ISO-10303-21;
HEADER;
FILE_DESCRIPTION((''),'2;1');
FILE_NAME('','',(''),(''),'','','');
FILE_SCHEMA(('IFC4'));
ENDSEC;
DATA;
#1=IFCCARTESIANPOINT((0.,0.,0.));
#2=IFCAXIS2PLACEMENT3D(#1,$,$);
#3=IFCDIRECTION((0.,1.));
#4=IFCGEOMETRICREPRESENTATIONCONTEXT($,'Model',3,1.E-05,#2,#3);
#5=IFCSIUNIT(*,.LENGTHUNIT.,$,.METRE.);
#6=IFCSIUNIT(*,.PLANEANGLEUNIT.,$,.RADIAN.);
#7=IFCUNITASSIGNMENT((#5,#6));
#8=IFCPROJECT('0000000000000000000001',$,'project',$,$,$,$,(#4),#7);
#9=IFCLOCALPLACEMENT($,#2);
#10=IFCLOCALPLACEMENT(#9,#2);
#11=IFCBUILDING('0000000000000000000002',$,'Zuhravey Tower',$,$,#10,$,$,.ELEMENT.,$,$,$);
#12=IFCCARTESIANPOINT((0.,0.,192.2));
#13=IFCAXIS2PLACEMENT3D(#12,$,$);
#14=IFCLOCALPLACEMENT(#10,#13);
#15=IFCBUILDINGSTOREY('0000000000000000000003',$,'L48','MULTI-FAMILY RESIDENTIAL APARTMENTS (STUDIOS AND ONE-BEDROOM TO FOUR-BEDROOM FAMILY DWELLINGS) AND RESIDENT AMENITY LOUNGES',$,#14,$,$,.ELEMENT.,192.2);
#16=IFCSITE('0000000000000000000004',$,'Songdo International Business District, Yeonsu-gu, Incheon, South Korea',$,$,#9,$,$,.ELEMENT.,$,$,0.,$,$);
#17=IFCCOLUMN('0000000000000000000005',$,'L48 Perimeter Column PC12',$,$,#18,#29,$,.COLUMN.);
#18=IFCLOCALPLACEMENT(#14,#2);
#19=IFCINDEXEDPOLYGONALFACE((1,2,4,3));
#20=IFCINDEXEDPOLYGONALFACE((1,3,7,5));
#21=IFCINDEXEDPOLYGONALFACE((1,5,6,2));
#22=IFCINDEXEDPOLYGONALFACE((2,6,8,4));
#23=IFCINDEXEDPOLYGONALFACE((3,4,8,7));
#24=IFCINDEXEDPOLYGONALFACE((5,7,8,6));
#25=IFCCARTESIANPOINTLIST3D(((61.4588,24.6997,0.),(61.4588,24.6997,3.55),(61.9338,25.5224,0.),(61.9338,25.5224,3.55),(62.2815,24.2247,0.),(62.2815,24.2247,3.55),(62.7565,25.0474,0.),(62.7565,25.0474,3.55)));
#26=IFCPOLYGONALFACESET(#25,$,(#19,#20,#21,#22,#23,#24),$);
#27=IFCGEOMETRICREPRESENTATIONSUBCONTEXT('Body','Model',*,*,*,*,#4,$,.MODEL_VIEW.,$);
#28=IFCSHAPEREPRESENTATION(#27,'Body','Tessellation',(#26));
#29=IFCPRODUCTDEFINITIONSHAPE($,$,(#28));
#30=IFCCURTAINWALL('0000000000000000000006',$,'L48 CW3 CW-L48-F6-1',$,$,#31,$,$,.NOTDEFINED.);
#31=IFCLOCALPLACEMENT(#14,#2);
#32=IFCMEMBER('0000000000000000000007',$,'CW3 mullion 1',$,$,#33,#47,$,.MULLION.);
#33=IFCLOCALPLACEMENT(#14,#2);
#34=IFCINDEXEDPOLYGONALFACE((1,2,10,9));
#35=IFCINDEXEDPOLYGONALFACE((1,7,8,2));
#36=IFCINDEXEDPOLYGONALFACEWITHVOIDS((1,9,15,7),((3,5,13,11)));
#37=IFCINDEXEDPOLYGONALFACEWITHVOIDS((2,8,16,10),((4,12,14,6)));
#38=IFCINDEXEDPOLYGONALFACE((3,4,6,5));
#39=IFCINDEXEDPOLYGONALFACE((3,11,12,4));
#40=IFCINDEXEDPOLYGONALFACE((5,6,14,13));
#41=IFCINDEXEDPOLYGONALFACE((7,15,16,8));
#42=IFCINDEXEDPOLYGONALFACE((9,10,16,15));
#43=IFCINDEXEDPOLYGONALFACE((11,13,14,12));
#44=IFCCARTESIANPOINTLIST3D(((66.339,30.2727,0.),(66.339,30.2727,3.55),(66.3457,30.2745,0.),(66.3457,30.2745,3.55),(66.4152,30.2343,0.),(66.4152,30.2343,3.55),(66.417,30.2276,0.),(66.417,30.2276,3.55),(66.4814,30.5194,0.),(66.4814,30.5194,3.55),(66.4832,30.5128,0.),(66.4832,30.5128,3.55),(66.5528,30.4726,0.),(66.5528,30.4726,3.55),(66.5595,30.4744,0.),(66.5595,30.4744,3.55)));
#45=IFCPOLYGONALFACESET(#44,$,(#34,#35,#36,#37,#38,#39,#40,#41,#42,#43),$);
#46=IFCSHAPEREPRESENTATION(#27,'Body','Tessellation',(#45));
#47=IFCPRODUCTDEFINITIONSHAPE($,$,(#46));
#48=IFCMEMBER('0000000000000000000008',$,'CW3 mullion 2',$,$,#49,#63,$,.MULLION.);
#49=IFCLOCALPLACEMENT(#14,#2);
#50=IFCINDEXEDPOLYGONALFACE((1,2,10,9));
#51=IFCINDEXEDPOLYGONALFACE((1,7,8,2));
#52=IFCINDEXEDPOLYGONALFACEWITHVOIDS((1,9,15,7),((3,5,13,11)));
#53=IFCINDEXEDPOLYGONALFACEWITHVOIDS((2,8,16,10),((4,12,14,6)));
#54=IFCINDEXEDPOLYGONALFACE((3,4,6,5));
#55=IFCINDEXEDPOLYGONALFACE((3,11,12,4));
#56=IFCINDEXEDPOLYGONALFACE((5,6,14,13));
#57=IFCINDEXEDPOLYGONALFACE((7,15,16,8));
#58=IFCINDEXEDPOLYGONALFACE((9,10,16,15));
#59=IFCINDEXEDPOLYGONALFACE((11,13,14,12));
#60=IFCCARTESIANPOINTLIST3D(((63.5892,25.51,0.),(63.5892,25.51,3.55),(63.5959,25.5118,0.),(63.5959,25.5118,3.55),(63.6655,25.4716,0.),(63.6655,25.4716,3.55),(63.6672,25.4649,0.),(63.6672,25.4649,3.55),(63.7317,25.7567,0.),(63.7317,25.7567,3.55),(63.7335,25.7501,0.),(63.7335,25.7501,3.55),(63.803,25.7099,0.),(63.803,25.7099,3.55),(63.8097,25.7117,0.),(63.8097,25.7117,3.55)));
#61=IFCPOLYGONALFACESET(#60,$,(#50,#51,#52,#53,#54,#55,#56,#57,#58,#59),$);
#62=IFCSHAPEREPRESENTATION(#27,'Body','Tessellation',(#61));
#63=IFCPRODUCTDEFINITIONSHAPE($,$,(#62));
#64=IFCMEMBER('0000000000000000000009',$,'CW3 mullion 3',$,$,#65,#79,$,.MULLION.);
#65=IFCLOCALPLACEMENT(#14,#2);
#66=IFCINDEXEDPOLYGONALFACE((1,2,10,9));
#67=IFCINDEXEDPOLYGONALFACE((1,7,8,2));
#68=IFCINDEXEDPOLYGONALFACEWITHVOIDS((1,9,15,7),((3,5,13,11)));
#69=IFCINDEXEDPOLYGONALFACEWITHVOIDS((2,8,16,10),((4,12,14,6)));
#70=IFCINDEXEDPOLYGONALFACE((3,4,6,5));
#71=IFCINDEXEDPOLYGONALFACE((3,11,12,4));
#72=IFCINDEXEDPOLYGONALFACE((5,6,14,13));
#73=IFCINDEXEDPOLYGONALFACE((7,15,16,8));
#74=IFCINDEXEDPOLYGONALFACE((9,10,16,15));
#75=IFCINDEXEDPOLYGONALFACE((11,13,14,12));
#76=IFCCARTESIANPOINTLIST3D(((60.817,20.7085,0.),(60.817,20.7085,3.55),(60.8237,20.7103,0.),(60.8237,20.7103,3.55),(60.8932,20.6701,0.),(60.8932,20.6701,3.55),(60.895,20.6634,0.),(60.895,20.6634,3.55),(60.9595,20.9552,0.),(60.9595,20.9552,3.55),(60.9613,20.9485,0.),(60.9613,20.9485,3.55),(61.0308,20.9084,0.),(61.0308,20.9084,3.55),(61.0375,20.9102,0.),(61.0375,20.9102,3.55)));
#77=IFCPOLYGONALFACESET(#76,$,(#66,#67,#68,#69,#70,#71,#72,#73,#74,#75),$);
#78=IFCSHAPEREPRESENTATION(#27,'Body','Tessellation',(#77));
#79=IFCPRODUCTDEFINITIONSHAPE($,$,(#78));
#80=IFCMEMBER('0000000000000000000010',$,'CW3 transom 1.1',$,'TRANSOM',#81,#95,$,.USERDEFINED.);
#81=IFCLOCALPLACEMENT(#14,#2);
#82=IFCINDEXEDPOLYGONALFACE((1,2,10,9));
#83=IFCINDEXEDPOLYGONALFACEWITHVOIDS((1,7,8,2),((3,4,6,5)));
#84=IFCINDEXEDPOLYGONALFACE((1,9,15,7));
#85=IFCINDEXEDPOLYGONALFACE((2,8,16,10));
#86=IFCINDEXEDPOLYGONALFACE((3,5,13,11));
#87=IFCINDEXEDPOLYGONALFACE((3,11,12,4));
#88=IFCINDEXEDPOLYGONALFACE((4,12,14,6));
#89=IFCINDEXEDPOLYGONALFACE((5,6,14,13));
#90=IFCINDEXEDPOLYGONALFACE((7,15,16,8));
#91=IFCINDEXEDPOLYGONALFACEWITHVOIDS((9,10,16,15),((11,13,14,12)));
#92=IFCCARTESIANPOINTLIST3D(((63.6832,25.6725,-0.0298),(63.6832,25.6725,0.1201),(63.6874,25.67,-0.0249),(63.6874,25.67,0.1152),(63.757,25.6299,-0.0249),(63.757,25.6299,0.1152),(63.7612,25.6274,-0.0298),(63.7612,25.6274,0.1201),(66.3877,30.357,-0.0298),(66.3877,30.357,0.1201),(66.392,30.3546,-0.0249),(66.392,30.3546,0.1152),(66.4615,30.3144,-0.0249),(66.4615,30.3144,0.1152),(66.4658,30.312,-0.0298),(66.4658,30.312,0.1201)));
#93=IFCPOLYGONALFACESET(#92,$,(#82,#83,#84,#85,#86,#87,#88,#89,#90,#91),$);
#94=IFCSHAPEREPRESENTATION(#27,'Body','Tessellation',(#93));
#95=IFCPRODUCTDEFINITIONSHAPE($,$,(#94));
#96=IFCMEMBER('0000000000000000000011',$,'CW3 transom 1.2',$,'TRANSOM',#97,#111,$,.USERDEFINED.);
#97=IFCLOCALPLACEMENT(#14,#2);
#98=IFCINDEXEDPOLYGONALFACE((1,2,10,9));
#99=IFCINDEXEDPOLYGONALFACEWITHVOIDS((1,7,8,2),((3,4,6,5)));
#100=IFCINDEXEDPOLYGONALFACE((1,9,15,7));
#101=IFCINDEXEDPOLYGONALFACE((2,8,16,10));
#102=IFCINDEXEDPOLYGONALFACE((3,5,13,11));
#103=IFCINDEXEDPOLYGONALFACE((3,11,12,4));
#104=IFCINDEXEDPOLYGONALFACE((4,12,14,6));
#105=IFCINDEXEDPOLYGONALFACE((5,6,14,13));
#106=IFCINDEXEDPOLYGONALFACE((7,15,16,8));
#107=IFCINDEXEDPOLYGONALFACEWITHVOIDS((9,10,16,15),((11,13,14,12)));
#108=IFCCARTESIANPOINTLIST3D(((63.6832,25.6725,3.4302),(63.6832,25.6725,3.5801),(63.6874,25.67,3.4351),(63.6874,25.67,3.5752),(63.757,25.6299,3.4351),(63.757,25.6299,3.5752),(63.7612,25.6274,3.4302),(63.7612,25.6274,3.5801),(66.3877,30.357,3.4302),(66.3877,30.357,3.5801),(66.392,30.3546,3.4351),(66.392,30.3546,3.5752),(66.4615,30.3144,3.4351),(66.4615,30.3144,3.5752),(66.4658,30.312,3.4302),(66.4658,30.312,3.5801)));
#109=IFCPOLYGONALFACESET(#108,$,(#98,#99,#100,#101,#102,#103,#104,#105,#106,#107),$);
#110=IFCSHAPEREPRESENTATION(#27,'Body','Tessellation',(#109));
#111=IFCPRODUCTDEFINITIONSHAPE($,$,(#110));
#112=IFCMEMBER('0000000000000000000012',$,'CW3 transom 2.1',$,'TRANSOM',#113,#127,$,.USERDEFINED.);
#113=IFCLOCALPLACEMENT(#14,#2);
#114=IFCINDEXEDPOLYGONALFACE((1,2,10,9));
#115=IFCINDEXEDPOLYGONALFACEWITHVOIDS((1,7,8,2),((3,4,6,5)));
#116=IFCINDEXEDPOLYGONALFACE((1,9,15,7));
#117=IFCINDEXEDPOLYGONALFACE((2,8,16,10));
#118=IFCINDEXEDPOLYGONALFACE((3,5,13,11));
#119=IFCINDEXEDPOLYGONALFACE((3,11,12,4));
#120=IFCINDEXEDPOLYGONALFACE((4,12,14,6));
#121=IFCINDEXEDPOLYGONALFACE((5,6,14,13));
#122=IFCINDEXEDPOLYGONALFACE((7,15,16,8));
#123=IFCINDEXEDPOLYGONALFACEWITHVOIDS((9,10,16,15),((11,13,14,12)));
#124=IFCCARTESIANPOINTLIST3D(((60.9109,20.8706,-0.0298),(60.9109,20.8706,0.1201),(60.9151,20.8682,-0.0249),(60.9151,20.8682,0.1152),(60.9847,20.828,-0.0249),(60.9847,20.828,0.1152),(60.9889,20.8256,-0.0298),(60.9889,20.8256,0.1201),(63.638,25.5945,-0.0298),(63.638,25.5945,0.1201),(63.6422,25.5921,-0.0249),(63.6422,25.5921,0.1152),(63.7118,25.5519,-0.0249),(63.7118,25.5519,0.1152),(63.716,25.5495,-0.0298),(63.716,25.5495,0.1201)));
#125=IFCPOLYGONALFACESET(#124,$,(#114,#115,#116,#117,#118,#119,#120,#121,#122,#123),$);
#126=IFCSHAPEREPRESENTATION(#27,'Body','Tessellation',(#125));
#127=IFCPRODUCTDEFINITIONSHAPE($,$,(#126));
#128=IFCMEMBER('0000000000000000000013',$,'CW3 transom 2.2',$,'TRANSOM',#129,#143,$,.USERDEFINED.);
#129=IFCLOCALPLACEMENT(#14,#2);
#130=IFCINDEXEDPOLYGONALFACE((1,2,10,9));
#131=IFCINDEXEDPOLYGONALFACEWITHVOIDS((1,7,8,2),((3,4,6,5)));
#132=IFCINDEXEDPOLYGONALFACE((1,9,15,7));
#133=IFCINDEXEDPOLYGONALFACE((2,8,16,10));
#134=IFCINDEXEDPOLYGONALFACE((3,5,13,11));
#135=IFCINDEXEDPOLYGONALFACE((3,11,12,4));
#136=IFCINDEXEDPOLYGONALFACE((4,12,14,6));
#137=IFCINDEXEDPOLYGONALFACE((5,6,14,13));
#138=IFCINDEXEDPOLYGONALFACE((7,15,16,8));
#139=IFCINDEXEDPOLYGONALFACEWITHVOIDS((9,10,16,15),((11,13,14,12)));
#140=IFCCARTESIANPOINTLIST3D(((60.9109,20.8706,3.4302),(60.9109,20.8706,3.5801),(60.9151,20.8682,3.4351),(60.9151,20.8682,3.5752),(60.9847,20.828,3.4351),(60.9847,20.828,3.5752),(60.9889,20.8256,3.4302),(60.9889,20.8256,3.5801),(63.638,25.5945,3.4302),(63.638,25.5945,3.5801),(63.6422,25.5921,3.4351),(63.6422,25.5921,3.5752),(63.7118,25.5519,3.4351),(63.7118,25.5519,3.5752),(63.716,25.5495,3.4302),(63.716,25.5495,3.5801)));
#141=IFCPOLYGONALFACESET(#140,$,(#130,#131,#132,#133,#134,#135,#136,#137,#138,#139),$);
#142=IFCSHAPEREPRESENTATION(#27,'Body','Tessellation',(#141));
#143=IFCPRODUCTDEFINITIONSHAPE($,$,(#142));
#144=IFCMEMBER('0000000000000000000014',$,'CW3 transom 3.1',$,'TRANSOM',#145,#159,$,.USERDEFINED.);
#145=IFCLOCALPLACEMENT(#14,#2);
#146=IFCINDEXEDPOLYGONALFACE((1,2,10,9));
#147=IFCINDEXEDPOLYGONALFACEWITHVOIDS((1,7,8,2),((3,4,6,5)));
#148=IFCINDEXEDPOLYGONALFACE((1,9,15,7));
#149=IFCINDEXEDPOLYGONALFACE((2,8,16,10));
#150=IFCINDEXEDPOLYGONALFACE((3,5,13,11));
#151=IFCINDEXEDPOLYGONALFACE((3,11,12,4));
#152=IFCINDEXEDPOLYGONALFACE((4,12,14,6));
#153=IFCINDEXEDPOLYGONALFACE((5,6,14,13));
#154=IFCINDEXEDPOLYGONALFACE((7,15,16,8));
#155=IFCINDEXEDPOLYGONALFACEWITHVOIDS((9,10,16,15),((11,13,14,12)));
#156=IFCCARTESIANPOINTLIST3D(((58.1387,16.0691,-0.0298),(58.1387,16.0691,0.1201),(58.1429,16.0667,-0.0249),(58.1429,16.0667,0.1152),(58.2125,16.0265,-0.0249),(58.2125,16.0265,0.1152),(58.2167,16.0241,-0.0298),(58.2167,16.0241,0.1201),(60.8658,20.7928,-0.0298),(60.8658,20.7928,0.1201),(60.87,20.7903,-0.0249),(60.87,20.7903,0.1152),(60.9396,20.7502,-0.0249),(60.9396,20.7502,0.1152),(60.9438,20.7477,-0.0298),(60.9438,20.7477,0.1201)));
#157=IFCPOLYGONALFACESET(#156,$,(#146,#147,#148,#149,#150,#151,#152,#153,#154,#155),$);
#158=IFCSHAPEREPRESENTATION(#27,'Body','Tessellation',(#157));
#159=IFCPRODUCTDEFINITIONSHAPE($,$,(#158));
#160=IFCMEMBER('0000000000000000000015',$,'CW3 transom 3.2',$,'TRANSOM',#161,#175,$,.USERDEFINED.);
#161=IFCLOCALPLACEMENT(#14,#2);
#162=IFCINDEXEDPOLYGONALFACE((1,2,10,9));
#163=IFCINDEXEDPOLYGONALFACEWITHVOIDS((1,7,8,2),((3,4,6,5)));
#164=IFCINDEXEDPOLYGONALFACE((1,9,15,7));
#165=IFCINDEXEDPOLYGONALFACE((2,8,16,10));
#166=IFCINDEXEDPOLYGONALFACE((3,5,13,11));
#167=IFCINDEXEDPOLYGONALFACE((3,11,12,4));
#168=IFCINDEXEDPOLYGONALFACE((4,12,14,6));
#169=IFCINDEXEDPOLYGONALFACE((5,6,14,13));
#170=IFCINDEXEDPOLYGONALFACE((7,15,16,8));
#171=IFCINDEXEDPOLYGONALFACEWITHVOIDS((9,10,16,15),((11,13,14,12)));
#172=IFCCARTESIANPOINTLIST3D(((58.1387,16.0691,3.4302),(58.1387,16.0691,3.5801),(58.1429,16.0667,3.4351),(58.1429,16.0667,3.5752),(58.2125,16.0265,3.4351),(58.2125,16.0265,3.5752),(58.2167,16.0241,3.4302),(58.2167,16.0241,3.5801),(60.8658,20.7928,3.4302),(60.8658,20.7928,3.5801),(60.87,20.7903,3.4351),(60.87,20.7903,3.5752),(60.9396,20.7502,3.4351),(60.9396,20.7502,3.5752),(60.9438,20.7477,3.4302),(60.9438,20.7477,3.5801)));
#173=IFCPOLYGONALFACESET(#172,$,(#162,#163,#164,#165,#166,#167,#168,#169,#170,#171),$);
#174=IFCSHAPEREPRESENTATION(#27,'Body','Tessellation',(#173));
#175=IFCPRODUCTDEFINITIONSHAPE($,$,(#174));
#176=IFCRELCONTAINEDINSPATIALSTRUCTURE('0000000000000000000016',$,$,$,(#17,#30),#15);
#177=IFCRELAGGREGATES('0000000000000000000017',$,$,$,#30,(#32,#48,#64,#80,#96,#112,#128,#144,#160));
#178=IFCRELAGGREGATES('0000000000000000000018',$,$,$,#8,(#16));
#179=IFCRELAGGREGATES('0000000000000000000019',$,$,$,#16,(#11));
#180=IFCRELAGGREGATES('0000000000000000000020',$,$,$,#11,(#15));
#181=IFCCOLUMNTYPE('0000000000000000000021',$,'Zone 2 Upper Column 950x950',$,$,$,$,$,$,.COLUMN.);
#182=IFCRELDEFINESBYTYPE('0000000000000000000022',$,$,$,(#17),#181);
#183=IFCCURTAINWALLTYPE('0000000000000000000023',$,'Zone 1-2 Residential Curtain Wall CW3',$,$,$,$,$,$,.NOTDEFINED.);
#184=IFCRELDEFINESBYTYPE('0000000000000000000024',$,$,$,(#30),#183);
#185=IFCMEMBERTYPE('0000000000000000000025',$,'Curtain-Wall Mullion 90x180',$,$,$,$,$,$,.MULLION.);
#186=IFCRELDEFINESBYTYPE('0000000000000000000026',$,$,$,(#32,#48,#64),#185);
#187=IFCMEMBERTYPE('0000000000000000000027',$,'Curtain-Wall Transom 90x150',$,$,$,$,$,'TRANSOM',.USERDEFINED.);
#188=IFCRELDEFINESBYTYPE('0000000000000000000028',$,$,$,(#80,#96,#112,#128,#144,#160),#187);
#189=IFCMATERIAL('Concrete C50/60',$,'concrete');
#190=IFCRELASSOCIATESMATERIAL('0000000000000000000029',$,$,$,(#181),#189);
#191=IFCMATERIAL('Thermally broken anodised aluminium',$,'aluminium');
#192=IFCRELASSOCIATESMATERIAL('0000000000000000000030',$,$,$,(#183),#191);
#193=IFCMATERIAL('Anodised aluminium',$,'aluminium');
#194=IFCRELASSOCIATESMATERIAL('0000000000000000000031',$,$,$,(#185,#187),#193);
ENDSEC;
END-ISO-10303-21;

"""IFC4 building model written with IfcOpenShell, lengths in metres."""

from ifc_helpers import new_model, si_unit, direction, frame, origin, origin_2d, place, context, subcontext, project, spatial, rectangle, hollow_rectangle, extrude, material, material_profile, profile_set, type_object, element, aggregate, save


model = new_model("IFC4")

# Units and contexts
model_context = context("Model", 3, precision=1e-05, world=origin(), true_north=direction((0.0, 1.0)))
body_context = subcontext(model_context, "Body", "Model", "MODEL_VIEW")
ifc_project = project(units=[si_unit("LENGTHUNIT", "METRE"), si_unit("PLANEANGLEUNIT", "RADIAN")], contexts=[model_context])

# Site, building, storey
site_placement = place(None, origin())
site = spatial("IfcSite", under=ifc_project, at=site_placement, Name="Songdo International Business District, Yeonsu-gu, Incheon, South Korea", CompositionType="ELEMENT", RefElevation=0.0)
building_placement = place(site_placement, origin())
building = spatial("IfcBuilding", under=site, at=building_placement, Name="Zuhravey Tower", CompositionType="ELEMENT")
storey_placement = place(building_placement, frame((0.0, 0.0, 192.2)))
storey = spatial("IfcBuildingStorey", under=building, at=storey_placement, Name="L48", Description="MULTI-FAMILY RESIDENTIAL APARTMENTS (STUDIOS AND ONE-BEDROOM TO FOUR-BEDROOM FAMILY DWELLINGS) AND RESIDENT AMENITY LOUNGES", CompositionType="ELEMENT", Elevation=192.2)

# Column
ifc_material_1 = material(Name="Concrete C50/60", Category="concrete")
ifc_material_profile_1 = material_profile(ifc_material_1, rectangle(XDim=0.95, YDim=0.95, at=origin_2d()), Name="RC-950x950")
ifc_profile_set_1 = profile_set([ifc_material_profile_1], Name="Concrete C50/60")
column_type = type_object("IfcColumnType", Name="Zone 2 Upper Column 950x950", PredefinedType="COLUMN", material=ifc_profile_set_1)
column_placement = place(storey_placement, frame((62.1077, 24.8735, 0.0), z_axis=(0.0, 0.0, 1.0), x_axis=(0.5, 0.866025, 0.0)))
element("IfcColumn", 1, at=column_placement, inside=storey, type_object=column_type, Name="L48 Perimeter Column PC12", PredefinedType="COLUMN", context=body_context, shape_type="SweptSolid", body=[
    extrude(rectangle(XDim=0.95, YDim=0.95, at=origin_2d()), origin(), (0.0, 0.0, 1.0), 3.55),
])

# Curtain wall, members
ifc_material_2 = material(Name="Thermally broken anodised aluminium", Category="aluminium")
curtain_wall_type = type_object("IfcCurtainWallType", Name="Zone 1-2 Residential Curtain Wall CW3", PredefinedType="NOTDEFINED", material=ifc_material_2)
curtain_wall_placement = place(storey_placement, origin())
curtain_wall = element("IfcCurtainWall", 2, at=curtain_wall_placement, inside=storey, type_object=curtain_wall_type, Name="L48 CW3 CW-L48-F6-1", PredefinedType="NOTDEFINED")
ifc_material_3 = material(Name="Anodised aluminium", Category="aluminium")
ifc_material_profile_2 = material_profile(ifc_material_3, hollow_rectangle(XDim=0.0901, YDim=0.2849, WallThickness=0.0049, at=origin_2d()), Name="ALU-RHS-90x285x5")
ifc_profile_set_2 = profile_set([ifc_material_profile_2], Name="Anodised aluminium")
member_type_1 = type_object("IfcMemberType", Name="Curtain-Wall Mullion 90x180", PredefinedType="MULLION", material=ifc_profile_set_2)
member_1_placement = place(storey_placement, frame((66.4492, 30.3735, 0.0), z_axis=(0.0, 0.0, 1.0), x_axis=(0.866025, -0.5, 0.0)))
member_1 = element("IfcMember", 3, at=member_1_placement, type_object=member_type_1, Name="CW3 mullion 1", PredefinedType="MULLION", context=body_context, shape_type="SweptSolid", body=[
    extrude(hollow_rectangle(XDim=0.0901, YDim=0.2849, WallThickness=0.0049, at=origin_2d()), origin(), (0.0, 0.0, 1.0), 3.55),
])
member_2_placement = place(storey_placement, frame((63.6995, 25.6108, 0.0), z_axis=(0.0, 0.0, 1.0), x_axis=(0.866025, -0.5, 0.0)))
member_2 = element("IfcMember", 4, at=member_2_placement, type_object=member_type_1, Name="CW3 mullion 2", PredefinedType="MULLION", context=body_context, shape_type="SweptSolid", body=[
    extrude(hollow_rectangle(XDim=0.0901, YDim=0.2849, WallThickness=0.0049, at=origin_2d()), origin(), (0.0, 0.0, 1.0), 3.55),
])
member_3_placement = place(storey_placement, frame((60.9272, 20.8093, 0.0), z_axis=(0.0, 0.0, 1.0), x_axis=(0.866025, -0.5, 0.0)))
member_3 = element("IfcMember", 5, at=member_3_placement, type_object=member_type_1, Name="CW3 mullion 3", PredefinedType="MULLION", context=body_context, shape_type="SweptSolid", body=[
    extrude(hollow_rectangle(XDim=0.0901, YDim=0.2849, WallThickness=0.0049, at=origin_2d()), origin(), (0.0, 0.0, 1.0), 3.55),
])
ifc_material_profile_3 = material_profile(ifc_material_3, hollow_rectangle(XDim=0.0901, YDim=0.1499, WallThickness=0.0049, at=origin_2d()), Name="ALU-RHS-90x150x5")
ifc_profile_set_3 = profile_set([ifc_material_profile_3], Name="Anodised aluminium")
member_type_2 = type_object("IfcMemberType", Name="Curtain-Wall Transom 90x150", ElementType="TRANSOM", PredefinedType="USERDEFINED", material=ifc_profile_set_3)
member_4_placement = place(storey_placement, frame((66.4268, 30.3345, 0.0452), z_axis=(-0.499993, -0.866029, 0.0), x_axis=(0.866029, -0.499993, 0.0)))
member_4 = element("IfcMember", 6, at=member_4_placement, type_object=member_type_2, Name="CW3 transom 1.1", ObjectType="TRANSOM", PredefinedType="USERDEFINED", context=body_context, shape_type="SweptSolid", body=[
    extrude(hollow_rectangle(XDim=0.0901, YDim=0.1499, WallThickness=0.0049, at=origin_2d()), origin(), (0.0, 0.0, 1.0), 5.4092),
])
member_5_placement = place(storey_placement, frame((66.4268, 30.3345, 3.5051), z_axis=(-0.499993, -0.866029, 0.0), x_axis=(0.866029, -0.499993, 0.0)))
member_5 = element("IfcMember", 7, at=member_5_placement, type_object=member_type_2, Name="CW3 transom 1.2", ObjectType="TRANSOM", PredefinedType="USERDEFINED", context=body_context, shape_type="SweptSolid", body=[
    extrude(hollow_rectangle(XDim=0.0901, YDim=0.1499, WallThickness=0.0049, at=origin_2d()), origin(), (0.0, 0.0, 1.0), 5.4092),
])
member_6_placement = place(storey_placement, frame((63.677, 25.572, 0.0452), z_axis=(-0.499961, -0.866048, 0.0), x_axis=(0.866048, -0.499961, 0.0)))
member_6 = element("IfcMember", 8, at=member_6_placement, type_object=member_type_2, Name="CW3 transom 2.1", ObjectType="TRANSOM", PredefinedType="USERDEFINED", context=body_context, shape_type="SweptSolid", body=[
    extrude(hollow_rectangle(XDim=0.0901, YDim=0.1499, WallThickness=0.0049, at=origin_2d()), origin(), (0.0, 0.0, 1.0), 5.4546),
])
member_7_placement = place(storey_placement, frame((63.677, 25.572, 3.5051), z_axis=(-0.499961, -0.866048, 0.0), x_axis=(0.866048, -0.499961, 0.0)))
member_7 = element("IfcMember", 9, at=member_7_placement, type_object=member_type_2, Name="CW3 transom 2.2", ObjectType="TRANSOM", PredefinedType="USERDEFINED", context=body_context, shape_type="SweptSolid", body=[
    extrude(hollow_rectangle(XDim=0.0901, YDim=0.1499, WallThickness=0.0049, at=origin_2d()), origin(), (0.0, 0.0, 1.0), 5.4546),
])
member_8_placement = place(storey_placement, frame((60.9048, 20.7703, 0.0452), z_axis=(-0.499981, -0.866037, 0.0), x_axis=(0.866037, -0.499981, 0.0)))
member_8 = element("IfcMember", 10, at=member_8_placement, type_object=member_type_2, Name="CW3 transom 3.1", ObjectType="TRANSOM", PredefinedType="USERDEFINED", context=body_context, shape_type="SweptSolid", body=[
    extrude(hollow_rectangle(XDim=0.0901, YDim=0.1499, WallThickness=0.0049, at=origin_2d()), origin(), (0.0, 0.0, 1.0), 5.4543),
])
member_9_placement = place(storey_placement, frame((60.9048, 20.7703, 3.5051), z_axis=(-0.499981, -0.866037, 0.0), x_axis=(0.866037, -0.499981, 0.0)))
member_9 = element("IfcMember", 11, at=member_9_placement, type_object=member_type_2, Name="CW3 transom 3.2", ObjectType="TRANSOM", PredefinedType="USERDEFINED", context=body_context, shape_type="SweptSolid", body=[
    extrude(hollow_rectangle(XDim=0.0901, YDim=0.1499, WallThickness=0.0049, at=origin_2d()), origin(), (0.0, 0.0, 1.0), 5.4543),
])

aggregate(curtain_wall, [member_1, member_2, member_3, member_4, member_5, member_6, member_7, member_8, member_9])

save(model, "model.ifc")
